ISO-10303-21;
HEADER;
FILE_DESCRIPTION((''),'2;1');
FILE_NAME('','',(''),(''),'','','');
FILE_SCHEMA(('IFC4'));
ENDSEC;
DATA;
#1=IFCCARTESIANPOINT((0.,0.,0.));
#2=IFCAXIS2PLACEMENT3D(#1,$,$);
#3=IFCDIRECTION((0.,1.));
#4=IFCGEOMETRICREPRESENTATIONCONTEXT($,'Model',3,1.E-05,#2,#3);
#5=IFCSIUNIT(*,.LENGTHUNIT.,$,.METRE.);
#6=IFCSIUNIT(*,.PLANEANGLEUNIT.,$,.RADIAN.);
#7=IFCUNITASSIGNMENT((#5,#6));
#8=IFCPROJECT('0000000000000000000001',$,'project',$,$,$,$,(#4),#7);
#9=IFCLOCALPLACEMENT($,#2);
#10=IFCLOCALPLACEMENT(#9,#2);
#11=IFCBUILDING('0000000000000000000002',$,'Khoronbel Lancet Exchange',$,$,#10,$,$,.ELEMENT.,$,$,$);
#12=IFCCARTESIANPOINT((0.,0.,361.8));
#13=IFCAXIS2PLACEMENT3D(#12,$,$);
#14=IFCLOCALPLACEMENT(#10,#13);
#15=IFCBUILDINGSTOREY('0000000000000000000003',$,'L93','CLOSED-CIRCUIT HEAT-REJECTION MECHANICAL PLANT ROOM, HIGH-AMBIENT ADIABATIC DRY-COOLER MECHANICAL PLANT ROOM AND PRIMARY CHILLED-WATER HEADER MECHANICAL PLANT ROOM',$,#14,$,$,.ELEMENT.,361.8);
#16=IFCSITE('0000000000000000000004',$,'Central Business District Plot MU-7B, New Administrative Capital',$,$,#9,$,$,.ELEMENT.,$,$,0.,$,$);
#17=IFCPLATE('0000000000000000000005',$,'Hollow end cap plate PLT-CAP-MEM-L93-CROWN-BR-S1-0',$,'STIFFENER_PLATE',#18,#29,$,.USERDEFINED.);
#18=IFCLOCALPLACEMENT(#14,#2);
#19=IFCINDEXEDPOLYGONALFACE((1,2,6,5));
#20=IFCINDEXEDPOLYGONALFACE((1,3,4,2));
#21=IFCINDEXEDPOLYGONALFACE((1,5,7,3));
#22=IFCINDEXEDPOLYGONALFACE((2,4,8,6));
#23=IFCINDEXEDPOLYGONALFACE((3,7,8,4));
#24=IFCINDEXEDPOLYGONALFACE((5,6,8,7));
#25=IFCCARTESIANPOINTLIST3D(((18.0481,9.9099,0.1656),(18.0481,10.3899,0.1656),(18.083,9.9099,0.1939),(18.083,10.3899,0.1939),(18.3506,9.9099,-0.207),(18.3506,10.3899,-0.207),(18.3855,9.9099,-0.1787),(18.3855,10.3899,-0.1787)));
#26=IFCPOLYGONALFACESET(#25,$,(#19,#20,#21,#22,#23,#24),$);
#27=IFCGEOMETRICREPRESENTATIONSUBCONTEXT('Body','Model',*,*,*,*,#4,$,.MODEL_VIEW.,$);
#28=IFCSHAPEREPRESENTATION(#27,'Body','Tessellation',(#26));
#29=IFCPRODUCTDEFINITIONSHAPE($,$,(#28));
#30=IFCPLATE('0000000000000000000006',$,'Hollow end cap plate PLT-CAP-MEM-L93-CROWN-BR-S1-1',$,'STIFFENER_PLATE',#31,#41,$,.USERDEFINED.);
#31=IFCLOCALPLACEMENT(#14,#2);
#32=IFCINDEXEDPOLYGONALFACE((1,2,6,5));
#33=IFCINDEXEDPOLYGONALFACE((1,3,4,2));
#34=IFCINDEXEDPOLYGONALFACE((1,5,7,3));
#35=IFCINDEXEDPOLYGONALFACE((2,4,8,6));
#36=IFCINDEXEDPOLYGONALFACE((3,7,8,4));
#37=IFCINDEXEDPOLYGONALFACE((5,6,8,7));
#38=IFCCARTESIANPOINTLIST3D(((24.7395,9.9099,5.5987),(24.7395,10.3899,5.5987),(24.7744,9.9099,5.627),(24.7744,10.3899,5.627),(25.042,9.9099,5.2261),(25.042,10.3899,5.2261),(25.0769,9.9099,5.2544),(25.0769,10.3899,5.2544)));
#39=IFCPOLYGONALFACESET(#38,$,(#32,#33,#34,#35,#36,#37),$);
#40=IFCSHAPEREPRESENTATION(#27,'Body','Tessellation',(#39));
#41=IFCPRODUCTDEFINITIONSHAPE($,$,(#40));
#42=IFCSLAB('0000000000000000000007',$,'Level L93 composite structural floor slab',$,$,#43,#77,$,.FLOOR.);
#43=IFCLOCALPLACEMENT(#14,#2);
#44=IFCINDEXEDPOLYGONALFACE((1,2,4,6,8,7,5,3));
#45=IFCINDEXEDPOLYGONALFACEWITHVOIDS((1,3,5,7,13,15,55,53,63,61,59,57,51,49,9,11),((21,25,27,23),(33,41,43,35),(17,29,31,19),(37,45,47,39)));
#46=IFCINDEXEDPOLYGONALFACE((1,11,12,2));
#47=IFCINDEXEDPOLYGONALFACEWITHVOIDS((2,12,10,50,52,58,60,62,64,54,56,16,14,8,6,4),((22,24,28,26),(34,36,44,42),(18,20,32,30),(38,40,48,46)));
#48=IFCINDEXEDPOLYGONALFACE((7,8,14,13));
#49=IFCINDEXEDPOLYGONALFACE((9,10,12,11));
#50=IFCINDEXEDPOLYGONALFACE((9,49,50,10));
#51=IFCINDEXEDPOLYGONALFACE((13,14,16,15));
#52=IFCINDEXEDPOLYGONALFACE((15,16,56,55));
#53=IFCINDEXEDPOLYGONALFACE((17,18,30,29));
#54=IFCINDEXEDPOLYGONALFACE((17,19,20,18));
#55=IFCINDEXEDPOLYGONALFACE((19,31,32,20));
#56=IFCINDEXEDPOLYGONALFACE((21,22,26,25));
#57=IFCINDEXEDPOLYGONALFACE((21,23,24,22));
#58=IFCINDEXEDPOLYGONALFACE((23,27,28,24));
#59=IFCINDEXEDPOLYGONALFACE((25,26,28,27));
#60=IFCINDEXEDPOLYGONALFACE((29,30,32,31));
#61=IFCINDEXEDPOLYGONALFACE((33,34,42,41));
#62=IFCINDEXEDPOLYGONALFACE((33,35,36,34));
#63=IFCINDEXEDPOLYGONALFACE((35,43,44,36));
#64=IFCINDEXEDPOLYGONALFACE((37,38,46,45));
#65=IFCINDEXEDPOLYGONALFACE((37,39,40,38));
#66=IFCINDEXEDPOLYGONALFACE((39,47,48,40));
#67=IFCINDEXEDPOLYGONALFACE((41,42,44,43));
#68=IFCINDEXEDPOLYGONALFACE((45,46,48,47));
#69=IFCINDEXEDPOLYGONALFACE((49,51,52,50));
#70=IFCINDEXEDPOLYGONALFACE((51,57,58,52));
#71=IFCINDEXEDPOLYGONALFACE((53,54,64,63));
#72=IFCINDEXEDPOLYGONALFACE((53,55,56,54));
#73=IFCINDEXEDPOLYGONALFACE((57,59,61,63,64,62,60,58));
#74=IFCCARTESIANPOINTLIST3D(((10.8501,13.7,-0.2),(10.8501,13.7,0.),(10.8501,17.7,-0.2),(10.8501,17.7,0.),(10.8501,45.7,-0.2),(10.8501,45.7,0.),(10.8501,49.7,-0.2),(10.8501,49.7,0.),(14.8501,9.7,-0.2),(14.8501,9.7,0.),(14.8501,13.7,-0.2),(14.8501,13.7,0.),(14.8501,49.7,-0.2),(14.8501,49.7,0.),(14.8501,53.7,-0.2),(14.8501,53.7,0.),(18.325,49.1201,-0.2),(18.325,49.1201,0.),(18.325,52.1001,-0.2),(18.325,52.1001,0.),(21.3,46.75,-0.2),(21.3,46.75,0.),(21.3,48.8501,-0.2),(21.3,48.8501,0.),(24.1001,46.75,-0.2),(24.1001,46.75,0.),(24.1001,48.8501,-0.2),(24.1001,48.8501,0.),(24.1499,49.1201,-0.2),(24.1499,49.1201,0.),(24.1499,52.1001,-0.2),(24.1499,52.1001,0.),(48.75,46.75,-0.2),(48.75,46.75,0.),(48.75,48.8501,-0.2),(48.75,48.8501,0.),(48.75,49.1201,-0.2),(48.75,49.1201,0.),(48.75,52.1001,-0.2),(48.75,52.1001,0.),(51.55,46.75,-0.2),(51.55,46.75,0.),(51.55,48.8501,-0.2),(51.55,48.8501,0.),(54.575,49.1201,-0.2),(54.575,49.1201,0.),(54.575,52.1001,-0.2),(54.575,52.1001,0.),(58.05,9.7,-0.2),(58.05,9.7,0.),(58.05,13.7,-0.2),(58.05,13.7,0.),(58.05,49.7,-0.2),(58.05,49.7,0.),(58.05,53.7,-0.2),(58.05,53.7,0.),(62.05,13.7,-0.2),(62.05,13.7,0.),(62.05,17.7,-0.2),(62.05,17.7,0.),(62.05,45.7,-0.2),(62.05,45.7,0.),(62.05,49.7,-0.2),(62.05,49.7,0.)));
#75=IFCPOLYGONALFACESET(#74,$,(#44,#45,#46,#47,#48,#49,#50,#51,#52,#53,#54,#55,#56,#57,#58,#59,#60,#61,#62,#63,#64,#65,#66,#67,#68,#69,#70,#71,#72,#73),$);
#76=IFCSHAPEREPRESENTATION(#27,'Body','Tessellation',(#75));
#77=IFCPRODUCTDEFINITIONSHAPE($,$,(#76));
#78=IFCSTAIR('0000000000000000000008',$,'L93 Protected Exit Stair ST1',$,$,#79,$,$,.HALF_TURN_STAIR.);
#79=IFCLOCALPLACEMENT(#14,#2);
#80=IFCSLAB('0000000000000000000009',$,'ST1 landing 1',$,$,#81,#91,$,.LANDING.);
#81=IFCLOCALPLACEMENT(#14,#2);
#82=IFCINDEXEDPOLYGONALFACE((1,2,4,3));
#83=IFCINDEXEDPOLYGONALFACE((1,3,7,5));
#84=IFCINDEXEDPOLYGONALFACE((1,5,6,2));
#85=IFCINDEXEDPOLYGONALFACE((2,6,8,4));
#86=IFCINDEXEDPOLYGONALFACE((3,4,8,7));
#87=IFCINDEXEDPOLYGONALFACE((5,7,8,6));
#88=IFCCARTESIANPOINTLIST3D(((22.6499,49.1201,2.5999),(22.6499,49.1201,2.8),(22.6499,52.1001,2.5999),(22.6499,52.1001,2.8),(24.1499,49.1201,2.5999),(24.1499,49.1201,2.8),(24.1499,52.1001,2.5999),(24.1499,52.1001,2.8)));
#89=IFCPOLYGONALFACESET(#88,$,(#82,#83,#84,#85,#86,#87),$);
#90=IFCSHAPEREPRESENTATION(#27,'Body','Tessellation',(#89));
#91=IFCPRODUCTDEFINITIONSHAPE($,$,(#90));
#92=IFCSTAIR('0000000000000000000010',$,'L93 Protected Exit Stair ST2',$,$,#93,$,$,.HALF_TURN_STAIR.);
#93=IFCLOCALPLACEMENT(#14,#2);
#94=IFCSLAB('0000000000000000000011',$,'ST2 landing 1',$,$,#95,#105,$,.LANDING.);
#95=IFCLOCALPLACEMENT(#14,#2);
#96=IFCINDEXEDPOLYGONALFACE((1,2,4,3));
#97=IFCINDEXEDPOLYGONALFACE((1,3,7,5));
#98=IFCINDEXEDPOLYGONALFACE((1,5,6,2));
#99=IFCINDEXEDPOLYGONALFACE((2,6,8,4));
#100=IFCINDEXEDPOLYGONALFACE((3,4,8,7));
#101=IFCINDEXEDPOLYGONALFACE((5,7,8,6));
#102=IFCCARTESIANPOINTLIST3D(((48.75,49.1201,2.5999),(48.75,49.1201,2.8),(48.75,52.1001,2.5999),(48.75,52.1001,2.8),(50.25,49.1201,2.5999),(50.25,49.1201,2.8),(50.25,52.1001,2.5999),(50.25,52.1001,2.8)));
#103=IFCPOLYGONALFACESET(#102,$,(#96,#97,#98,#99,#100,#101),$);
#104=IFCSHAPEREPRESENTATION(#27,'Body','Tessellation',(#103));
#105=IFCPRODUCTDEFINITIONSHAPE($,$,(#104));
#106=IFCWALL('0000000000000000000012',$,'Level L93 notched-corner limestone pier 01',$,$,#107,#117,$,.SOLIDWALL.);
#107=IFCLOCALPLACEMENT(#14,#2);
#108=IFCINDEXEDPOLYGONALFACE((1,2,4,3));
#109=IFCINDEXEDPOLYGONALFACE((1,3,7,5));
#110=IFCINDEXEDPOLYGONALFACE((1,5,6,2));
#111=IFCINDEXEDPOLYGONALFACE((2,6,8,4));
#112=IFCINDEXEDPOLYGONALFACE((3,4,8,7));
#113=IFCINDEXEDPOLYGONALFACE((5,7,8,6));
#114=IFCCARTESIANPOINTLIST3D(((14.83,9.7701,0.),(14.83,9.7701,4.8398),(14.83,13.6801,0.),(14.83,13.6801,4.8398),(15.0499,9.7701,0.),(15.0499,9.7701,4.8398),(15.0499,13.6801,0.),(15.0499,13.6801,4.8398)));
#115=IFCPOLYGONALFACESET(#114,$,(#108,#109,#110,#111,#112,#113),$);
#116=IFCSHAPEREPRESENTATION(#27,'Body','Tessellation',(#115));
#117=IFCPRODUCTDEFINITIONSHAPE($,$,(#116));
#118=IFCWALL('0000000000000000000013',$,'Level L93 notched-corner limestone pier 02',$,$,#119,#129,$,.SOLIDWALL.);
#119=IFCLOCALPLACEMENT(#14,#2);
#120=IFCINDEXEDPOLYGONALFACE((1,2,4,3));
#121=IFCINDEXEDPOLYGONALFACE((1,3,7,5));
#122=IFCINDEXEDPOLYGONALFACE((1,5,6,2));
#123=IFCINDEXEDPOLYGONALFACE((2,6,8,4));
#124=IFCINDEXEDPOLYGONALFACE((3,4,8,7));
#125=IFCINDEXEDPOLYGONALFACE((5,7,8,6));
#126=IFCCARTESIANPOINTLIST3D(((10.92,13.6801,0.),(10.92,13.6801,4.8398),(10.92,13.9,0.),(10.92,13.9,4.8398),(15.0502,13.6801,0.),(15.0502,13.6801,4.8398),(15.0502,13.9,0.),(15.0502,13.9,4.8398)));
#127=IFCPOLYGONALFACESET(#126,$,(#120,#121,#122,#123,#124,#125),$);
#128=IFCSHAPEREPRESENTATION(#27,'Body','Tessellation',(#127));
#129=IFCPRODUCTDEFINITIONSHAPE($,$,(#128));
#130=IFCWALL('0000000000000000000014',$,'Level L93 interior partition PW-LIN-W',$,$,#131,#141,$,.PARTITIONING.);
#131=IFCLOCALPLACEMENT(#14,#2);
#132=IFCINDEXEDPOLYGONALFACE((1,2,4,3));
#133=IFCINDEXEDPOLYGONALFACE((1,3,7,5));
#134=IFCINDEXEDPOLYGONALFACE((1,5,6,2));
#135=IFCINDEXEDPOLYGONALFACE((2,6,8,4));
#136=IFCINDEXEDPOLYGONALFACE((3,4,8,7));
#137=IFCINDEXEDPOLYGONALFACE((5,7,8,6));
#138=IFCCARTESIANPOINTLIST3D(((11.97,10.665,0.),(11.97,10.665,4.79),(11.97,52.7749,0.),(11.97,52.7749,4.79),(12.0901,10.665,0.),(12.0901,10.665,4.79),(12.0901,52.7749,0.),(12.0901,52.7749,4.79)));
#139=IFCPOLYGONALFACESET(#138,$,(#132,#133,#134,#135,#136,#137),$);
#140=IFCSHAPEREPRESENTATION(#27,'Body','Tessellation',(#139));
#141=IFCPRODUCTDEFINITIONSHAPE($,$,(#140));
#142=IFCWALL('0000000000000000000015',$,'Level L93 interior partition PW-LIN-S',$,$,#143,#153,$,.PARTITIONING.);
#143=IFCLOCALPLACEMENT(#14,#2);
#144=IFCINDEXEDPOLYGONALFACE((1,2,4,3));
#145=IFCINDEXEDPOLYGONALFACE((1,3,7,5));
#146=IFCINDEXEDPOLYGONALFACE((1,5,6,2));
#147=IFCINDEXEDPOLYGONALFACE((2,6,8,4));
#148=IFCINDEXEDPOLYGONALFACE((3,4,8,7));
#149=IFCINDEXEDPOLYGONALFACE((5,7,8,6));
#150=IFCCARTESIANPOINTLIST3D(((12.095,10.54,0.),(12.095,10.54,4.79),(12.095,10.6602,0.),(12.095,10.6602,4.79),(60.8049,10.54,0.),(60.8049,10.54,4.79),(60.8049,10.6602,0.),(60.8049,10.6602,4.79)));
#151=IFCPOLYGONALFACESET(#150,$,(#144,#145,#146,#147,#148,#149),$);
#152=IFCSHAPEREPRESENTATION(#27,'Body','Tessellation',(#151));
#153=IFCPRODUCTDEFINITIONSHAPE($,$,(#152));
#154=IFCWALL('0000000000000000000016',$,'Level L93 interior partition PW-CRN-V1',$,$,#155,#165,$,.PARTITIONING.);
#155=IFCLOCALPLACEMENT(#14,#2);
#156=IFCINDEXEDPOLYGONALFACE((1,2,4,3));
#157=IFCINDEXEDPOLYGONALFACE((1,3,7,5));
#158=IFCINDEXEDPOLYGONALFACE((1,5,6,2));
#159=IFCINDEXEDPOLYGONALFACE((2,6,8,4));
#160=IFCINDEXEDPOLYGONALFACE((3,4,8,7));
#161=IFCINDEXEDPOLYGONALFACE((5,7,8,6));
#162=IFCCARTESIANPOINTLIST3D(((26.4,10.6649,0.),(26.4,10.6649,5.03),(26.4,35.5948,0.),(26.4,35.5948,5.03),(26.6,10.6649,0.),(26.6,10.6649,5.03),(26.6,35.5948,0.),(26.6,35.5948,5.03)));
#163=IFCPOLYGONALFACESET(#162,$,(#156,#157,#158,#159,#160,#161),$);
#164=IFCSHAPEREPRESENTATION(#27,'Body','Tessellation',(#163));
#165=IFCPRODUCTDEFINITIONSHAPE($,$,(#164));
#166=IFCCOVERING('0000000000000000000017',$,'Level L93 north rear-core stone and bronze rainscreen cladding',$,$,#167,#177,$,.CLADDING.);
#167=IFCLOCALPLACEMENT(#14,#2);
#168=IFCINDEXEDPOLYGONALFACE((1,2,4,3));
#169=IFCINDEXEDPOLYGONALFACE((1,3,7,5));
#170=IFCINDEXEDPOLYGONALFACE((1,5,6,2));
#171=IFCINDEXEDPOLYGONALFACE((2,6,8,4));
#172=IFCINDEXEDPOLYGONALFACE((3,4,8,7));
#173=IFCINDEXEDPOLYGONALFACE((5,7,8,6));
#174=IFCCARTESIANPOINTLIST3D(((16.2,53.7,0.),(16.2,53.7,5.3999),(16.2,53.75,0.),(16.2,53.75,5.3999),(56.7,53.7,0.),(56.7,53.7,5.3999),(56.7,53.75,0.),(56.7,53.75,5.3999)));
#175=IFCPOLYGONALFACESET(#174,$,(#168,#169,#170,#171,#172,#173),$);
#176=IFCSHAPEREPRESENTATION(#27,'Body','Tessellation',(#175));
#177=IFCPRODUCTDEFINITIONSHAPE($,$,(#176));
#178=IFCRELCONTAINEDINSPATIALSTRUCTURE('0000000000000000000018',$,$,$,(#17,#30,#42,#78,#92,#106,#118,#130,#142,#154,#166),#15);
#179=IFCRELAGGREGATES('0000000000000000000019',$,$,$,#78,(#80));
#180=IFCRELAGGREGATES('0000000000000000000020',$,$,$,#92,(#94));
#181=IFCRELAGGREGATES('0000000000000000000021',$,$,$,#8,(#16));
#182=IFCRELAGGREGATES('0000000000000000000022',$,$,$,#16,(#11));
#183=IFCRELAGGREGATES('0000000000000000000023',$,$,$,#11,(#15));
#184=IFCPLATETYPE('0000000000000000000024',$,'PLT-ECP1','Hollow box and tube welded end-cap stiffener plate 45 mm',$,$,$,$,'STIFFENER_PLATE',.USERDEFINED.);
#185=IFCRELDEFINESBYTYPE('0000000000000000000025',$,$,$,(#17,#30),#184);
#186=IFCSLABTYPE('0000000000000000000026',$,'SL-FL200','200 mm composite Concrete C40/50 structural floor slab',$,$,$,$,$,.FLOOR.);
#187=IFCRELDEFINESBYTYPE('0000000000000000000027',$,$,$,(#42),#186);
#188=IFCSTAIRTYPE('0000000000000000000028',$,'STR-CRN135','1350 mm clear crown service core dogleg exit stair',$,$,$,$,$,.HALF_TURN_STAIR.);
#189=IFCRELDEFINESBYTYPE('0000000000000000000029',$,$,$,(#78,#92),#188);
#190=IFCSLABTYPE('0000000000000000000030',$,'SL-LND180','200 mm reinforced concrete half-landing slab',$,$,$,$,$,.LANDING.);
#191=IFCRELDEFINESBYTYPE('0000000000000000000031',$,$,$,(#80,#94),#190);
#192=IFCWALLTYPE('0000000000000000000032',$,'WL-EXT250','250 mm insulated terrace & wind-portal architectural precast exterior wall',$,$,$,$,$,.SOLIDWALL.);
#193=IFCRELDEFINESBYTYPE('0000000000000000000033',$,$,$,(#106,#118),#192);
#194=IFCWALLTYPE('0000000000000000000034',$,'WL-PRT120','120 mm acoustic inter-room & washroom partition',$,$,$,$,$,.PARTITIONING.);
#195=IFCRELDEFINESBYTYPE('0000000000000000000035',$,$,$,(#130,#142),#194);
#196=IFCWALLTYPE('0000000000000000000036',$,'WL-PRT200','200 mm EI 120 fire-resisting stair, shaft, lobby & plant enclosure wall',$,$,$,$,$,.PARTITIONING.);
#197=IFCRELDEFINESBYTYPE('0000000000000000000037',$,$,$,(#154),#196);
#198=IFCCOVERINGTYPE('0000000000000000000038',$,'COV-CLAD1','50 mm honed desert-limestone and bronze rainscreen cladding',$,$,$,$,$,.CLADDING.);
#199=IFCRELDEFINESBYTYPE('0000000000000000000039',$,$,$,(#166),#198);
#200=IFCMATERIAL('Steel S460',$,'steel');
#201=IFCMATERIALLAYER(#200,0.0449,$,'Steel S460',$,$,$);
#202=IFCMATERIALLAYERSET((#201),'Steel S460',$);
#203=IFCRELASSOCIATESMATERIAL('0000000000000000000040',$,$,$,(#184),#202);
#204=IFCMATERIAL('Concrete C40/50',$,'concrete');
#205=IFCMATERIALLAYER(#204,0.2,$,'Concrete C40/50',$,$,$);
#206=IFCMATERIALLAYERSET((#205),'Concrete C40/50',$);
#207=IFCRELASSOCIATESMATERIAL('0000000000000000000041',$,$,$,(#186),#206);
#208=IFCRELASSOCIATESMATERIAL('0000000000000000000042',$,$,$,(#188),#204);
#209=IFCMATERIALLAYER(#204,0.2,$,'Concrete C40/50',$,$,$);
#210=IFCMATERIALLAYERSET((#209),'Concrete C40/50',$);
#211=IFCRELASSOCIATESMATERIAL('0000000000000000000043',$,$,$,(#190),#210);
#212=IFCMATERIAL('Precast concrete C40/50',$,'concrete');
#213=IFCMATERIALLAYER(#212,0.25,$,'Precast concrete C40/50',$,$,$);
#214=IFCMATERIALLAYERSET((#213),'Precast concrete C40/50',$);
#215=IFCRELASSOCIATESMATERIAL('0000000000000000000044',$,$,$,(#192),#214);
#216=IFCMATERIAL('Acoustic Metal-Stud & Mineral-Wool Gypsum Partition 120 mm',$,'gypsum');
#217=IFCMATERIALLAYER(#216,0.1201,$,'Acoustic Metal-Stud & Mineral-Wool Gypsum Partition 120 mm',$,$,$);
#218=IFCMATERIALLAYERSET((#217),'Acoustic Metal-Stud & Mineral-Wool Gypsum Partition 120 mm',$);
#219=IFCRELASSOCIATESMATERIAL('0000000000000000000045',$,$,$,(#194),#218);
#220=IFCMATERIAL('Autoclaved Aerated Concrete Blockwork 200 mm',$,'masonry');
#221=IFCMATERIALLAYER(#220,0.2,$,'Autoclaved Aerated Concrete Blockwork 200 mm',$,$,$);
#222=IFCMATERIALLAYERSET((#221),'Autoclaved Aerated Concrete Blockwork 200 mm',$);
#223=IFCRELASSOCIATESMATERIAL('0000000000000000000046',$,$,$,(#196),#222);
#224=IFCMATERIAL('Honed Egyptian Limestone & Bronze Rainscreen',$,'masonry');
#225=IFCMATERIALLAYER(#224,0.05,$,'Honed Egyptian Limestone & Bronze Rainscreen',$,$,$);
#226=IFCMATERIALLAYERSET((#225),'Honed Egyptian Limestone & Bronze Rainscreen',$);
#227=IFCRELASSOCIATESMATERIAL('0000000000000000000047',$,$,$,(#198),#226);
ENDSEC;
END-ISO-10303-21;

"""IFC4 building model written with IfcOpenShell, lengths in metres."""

from ifc_helpers import new_model, si_unit, direction, frame, frame_2d, origin, place, context, subcontext, project, spatial, polyline, rectangle, outline, extrude, material, layer, layer_set, type_object, element, aggregate, save


model = new_model("IFC4")

# Units and contexts
model_context = context("Model", 3, precision=1e-05, world=origin(), true_north=direction((0.0, 1.0)))
body_context = subcontext(model_context, "Body", "Model", "MODEL_VIEW")
ifc_project = project(units=[si_unit("LENGTHUNIT", "METRE"), si_unit("PLANEANGLEUNIT", "RADIAN")], contexts=[model_context])

# Site, building, storey
site_placement = place(None, origin())
site = spatial("IfcSite", under=ifc_project, at=site_placement, Name="Central Business District Plot MU-7B, New Administrative Capital", CompositionType="ELEMENT", RefElevation=0.0)
building_placement = place(site_placement, origin())
building = spatial("IfcBuilding", under=site, at=building_placement, Name="Khoronbel Lancet Exchange", CompositionType="ELEMENT")
storey_placement = place(building_placement, frame((0.0, 0.0, 361.8)))
storey = spatial("IfcBuildingStorey", under=building, at=storey_placement, Name="L93", Description="CLOSED-CIRCUIT HEAT-REJECTION MECHANICAL PLANT ROOM, HIGH-AMBIENT ADIABATIC DRY-COOLER MECHANICAL PLANT ROOM AND PRIMARY CHILLED-WATER HEADER MECHANICAL PLANT ROOM", CompositionType="ELEMENT", Elevation=361.8)

# Shared definitions
ifc_material_1 = material(Name="Steel S460", Category="steel")

# Plates
ifc_layer_1 = layer(ifc_material_1, 0.0449, Name="Steel S460")
ifc_layer_set_1 = layer_set([ifc_layer_1], Name="Steel S460")
plate_type_1 = type_object("IfcPlateType", Name="PLT-ECP1", Description="Hollow box and tube welded end-cap stiffener plate 45 mm", ElementType="STIFFENER_PLATE", PredefinedType="USERDEFINED", material=ifc_layer_set_1)
for number, where, z_axis, x_axis, name in (
    (1, (18.3855, 9.9099, -0.1787), (0.776332, 0.0, 0.630324), (0.0, 1.0, 0.0), "Hollow end cap plate PLT-CAP-MEM-L93-CROWN-BR-S1-0"),
    (2, (25.0769, 9.9099, 5.2544), (0.776332, 0.0, 0.630324), (0.0, 1.0, 0.0), "Hollow end cap plate PLT-CAP-MEM-L93-CROWN-BR-S1-1"),
):
    element("IfcPlate", number, at=place(storey_placement, frame(where, z_axis=z_axis, x_axis=x_axis)), inside=storey, type_object=plate_type_1, Name=name, ObjectType="STIFFENER_PLATE", PredefinedType="USERDEFINED", context=body_context, shape_type="SweptSolid", body=[
        extrude(outline(polyline([(0.0, 0.0), (0.48, 0.0), (0.48, 0.48), (0.0, 0.48), (0.0, 0.0)])), origin(), (0.0, 0.0, -1.0), 0.0449),
    ])

# Slab
ifc_material_2 = material(Name="Concrete C40/50", Category="concrete")
ifc_layer_2 = layer(ifc_material_2, 0.2, Name="Concrete C40/50")
ifc_layer_set_2 = layer_set([ifc_layer_2], Name="Concrete C40/50")
slab_type_1 = type_object("IfcSlabType", Name="SL-FL200", Description="200 mm composite Concrete C40/50 structural floor slab", PredefinedType="FLOOR", material=ifc_layer_set_2)
slab_1_placement = place(storey_placement, frame((0.0, 0.0, -0.2)))
element("IfcSlab", 3, at=slab_1_placement, inside=storey, type_object=slab_type_1, Name="Level L93 composite structural floor slab", PredefinedType="FLOOR", context=body_context, shape_type="SweptSolid", body=[
    extrude(outline(polyline([(14.8501, 9.7), (58.05, 9.7), (58.05, 13.7), (62.05, 13.7), (62.05, 17.7), (62.05, 45.7), (62.05, 49.7), (58.05, 49.7), (58.05, 53.7), (14.8501, 53.7), (14.8501, 49.7), (10.8501, 49.7), (10.8501, 45.7), (10.8501, 17.7), (10.8501, 13.7), (14.8501, 13.7), (14.8501, 9.7)]), holes=[polyline([(18.325, 49.1201), (24.1499, 49.1201), (24.1499, 52.1001), (18.325, 52.1001), (18.325, 49.1201)]), polyline([(48.75, 49.1201), (54.575, 49.1201), (54.575, 52.1001), (48.75, 52.1001), (48.75, 49.1201)]), polyline([(21.3, 46.75), (24.1001, 46.75), (24.1001, 48.8501), (21.3, 48.8501), (21.3, 46.75)]), polyline([(48.75, 46.75), (51.55, 46.75), (51.55, 48.8501), (48.75, 48.8501), (48.75, 46.75)])]), origin(), (0.0, 0.0, 1.0), 0.2),
])

# Stairs, slabs
stair_type = type_object("IfcStairType", Name="STR-CRN135", Description="1350 mm clear crown service core dogleg exit stair", PredefinedType="HALF_TURN_STAIR", material=ifc_material_2)
stair_1_placement = place(storey_placement, origin())
stair_1 = element("IfcStair", 4, at=stair_1_placement, inside=storey, type_object=stair_type, Name="L93 Protected Exit Stair ST1", PredefinedType="HALF_TURN_STAIR")
ifc_layer_3 = layer(ifc_material_2, 0.2, Name="Concrete C40/50")
ifc_layer_set_3 = layer_set([ifc_layer_3], Name="Concrete C40/50")
slab_type_2 = type_object("IfcSlabType", Name="SL-LND180", Description="200 mm reinforced concrete half-landing slab", PredefinedType="LANDING", material=ifc_layer_set_3)
slab_2_placement = place(storey_placement, frame((0.0, 0.0, 2.5999)))
slab_2 = element("IfcSlab", 5, at=slab_2_placement, type_object=slab_type_2, Name="ST1 landing 1", PredefinedType="LANDING", context=body_context, shape_type="SweptSolid", body=[
    extrude(outline(polyline([(22.6499, 49.1201), (24.1499, 49.1201), (24.1499, 52.1001), (22.6499, 52.1001), (22.6499, 49.1201)])), origin(), (0.0, 0.0, 1.0), 0.2002),
])
aggregate(stair_1, [slab_2])
stair_2_placement = place(storey_placement, origin())
stair_2 = element("IfcStair", 6, at=stair_2_placement, inside=storey, type_object=stair_type, Name="L93 Protected Exit Stair ST2", PredefinedType="HALF_TURN_STAIR")
slab_3_placement = place(storey_placement, frame((0.0, 0.0, 2.5999)))
slab_3 = element("IfcSlab", 7, at=slab_3_placement, type_object=slab_type_2, Name="ST2 landing 1", PredefinedType="LANDING", context=body_context, shape_type="SweptSolid", body=[
    extrude(outline(polyline([(50.25, 52.1001), (48.75, 52.1001), (48.75, 49.1201), (50.25, 49.1201), (50.25, 52.1001)])), origin(), (0.0, 0.0, 1.0), 0.2002),
])
aggregate(stair_2, [slab_3])

# Walls
ifc_material_3 = material(Name="Precast concrete C40/50", Category="concrete")
ifc_layer_4 = layer(ifc_material_3, 0.25, Name="Precast concrete C40/50")
ifc_layer_set_4 = layer_set([ifc_layer_4], Name="Precast concrete C40/50")
wall_type_1 = type_object("IfcWallType", Name="WL-EXT250", Description="250 mm insulated terrace & wind-portal architectural precast exterior wall", PredefinedType="SOLIDWALL", material=ifc_layer_set_4)
wall_1_placement = place(storey_placement, frame((14.9399, 9.77, 0.0), z_axis=(0.0, 0.0, 1.0), x_axis=(0.0, 1.0, 0.0)))
element("IfcWall", 8, at=wall_1_placement, inside=storey, type_object=wall_type_1, Name="Level L93 notched-corner limestone pier 01", PredefinedType="SOLIDWALL", context=body_context, shape_type="SweptSolid", body=[
    extrude(rectangle(XDim=3.9099, YDim=0.22, at=frame_2d((1.9551, 0.0))), origin(), (0.0, 0.0, 1.0), 4.8398),
])
wall_2_placement = place(storey_placement, frame((15.05, 13.79, 0.0), z_axis=(0.0, 0.0, 1.0), x_axis=(-1.0, 0.0, 0.0)))
element("IfcWall", 9, at=wall_2_placement, inside=storey, type_object=wall_type_1, Name="Level L93 notched-corner limestone pier 02", PredefinedType="SOLIDWALL", context=body_context, shape_type="SweptSolid", body=[
    extrude(rectangle(XDim=4.1301, YDim=0.22, at=frame_2d((2.0649, 0.0))), origin(), (0.0, 0.0, 1.0), 4.8398),
])
ifc_material_4 = material(Name="Acoustic Metal-Stud & Mineral-Wool Gypsum Partition 120 mm", Category="gypsum")
ifc_layer_5 = layer(ifc_material_4, 0.1201, Name="Acoustic Metal-Stud & Mineral-Wool Gypsum Partition 120 mm")
ifc_layer_set_5 = layer_set([ifc_layer_5], Name="Acoustic Metal-Stud & Mineral-Wool Gypsum Partition 120 mm")
wall_type_2 = type_object("IfcWallType", Name="WL-PRT120", Description="120 mm acoustic inter-room & washroom partition", PredefinedType="PARTITIONING", material=ifc_layer_set_5)
wall_3_placement = place(storey_placement, frame((12.03, 10.665, 0.0), z_axis=(0.0, 0.0, 1.0), x_axis=(0.0, 1.0, 0.0)))
element("IfcWall", 10, at=wall_3_placement, inside=storey, type_object=wall_type_2, Name="Level L93 interior partition PW-LIN-W", PredefinedType="PARTITIONING", context=body_context, shape_type="SweptSolid", body=[
    extrude(rectangle(XDim=42.1099, YDim=0.1201, at=frame_2d((21.0549, 0.0))), origin(), (0.0, 0.0, 1.0), 4.79),
])
wall_4_placement = place(storey_placement, frame((12.095, 10.6001, 0.0), z_axis=(0.0, 0.0, 1.0), x_axis=(1.0, 0.0, 0.0)))
element("IfcWall", 11, at=wall_4_placement, inside=storey, type_object=wall_type_2, Name="Level L93 interior partition PW-LIN-S", PredefinedType="PARTITIONING", context=body_context, shape_type="SweptSolid", body=[
    extrude(rectangle(XDim=48.71, YDim=0.1201, at=frame_2d((24.355, 0.0))), origin(), (0.0, 0.0, 1.0), 4.79),
])
ifc_material_5 = material(Name="Autoclaved Aerated Concrete Blockwork 200 mm", Category="masonry")
ifc_layer_6 = layer(ifc_material_5, 0.2, Name="Autoclaved Aerated Concrete Blockwork 200 mm")
ifc_layer_set_6 = layer_set([ifc_layer_6], Name="Autoclaved Aerated Concrete Blockwork 200 mm")
wall_type_3 = type_object("IfcWallType", Name="WL-PRT200", Description="200 mm EI 120 fire-resisting stair, shaft, lobby & plant enclosure wall", PredefinedType="PARTITIONING", material=ifc_layer_set_6)
wall_5_placement = place(storey_placement, frame((26.5, 10.665, 0.0), z_axis=(0.0, 0.0, 1.0), x_axis=(0.0, 1.0, 0.0)))
element("IfcWall", 12, at=wall_5_placement, inside=storey, type_object=wall_type_3, Name="Level L93 interior partition PW-CRN-V1", PredefinedType="PARTITIONING", context=body_context, shape_type="SweptSolid", body=[
    extrude(rectangle(XDim=24.9299, YDim=0.2, at=frame_2d((12.4648, 0.0))), origin(), (0.0, 0.0, 1.0), 5.03),
])

# Covering
ifc_material_6 = material(Name="Honed Egyptian Limestone & Bronze Rainscreen", Category="masonry")
ifc_layer_7 = layer(ifc_material_6, 0.05, Name="Honed Egyptian Limestone & Bronze Rainscreen")
ifc_layer_set_7 = layer_set([ifc_layer_7], Name="Honed Egyptian Limestone & Bronze Rainscreen")
covering_type = type_object("IfcCoveringType", Name="COV-CLAD1", Description="50 mm honed desert-limestone and bronze rainscreen cladding", PredefinedType="CLADDING", material=ifc_layer_set_7)
covering_placement = place(storey_placement, origin())
element("IfcCovering", 13, at=covering_placement, inside=storey, type_object=covering_type, Name="Level L93 north rear-core stone and bronze rainscreen cladding", PredefinedType="CLADDING", context=body_context, shape_type="SweptSolid", body=[
    extrude(outline(polyline([(16.2, 53.7), (56.7, 53.7), (56.7, 53.75), (16.2, 53.75), (16.2, 53.7)])), origin(), (0.0, 0.0, 1.0), 5.3999),
])

save(model, "model.ifc")
